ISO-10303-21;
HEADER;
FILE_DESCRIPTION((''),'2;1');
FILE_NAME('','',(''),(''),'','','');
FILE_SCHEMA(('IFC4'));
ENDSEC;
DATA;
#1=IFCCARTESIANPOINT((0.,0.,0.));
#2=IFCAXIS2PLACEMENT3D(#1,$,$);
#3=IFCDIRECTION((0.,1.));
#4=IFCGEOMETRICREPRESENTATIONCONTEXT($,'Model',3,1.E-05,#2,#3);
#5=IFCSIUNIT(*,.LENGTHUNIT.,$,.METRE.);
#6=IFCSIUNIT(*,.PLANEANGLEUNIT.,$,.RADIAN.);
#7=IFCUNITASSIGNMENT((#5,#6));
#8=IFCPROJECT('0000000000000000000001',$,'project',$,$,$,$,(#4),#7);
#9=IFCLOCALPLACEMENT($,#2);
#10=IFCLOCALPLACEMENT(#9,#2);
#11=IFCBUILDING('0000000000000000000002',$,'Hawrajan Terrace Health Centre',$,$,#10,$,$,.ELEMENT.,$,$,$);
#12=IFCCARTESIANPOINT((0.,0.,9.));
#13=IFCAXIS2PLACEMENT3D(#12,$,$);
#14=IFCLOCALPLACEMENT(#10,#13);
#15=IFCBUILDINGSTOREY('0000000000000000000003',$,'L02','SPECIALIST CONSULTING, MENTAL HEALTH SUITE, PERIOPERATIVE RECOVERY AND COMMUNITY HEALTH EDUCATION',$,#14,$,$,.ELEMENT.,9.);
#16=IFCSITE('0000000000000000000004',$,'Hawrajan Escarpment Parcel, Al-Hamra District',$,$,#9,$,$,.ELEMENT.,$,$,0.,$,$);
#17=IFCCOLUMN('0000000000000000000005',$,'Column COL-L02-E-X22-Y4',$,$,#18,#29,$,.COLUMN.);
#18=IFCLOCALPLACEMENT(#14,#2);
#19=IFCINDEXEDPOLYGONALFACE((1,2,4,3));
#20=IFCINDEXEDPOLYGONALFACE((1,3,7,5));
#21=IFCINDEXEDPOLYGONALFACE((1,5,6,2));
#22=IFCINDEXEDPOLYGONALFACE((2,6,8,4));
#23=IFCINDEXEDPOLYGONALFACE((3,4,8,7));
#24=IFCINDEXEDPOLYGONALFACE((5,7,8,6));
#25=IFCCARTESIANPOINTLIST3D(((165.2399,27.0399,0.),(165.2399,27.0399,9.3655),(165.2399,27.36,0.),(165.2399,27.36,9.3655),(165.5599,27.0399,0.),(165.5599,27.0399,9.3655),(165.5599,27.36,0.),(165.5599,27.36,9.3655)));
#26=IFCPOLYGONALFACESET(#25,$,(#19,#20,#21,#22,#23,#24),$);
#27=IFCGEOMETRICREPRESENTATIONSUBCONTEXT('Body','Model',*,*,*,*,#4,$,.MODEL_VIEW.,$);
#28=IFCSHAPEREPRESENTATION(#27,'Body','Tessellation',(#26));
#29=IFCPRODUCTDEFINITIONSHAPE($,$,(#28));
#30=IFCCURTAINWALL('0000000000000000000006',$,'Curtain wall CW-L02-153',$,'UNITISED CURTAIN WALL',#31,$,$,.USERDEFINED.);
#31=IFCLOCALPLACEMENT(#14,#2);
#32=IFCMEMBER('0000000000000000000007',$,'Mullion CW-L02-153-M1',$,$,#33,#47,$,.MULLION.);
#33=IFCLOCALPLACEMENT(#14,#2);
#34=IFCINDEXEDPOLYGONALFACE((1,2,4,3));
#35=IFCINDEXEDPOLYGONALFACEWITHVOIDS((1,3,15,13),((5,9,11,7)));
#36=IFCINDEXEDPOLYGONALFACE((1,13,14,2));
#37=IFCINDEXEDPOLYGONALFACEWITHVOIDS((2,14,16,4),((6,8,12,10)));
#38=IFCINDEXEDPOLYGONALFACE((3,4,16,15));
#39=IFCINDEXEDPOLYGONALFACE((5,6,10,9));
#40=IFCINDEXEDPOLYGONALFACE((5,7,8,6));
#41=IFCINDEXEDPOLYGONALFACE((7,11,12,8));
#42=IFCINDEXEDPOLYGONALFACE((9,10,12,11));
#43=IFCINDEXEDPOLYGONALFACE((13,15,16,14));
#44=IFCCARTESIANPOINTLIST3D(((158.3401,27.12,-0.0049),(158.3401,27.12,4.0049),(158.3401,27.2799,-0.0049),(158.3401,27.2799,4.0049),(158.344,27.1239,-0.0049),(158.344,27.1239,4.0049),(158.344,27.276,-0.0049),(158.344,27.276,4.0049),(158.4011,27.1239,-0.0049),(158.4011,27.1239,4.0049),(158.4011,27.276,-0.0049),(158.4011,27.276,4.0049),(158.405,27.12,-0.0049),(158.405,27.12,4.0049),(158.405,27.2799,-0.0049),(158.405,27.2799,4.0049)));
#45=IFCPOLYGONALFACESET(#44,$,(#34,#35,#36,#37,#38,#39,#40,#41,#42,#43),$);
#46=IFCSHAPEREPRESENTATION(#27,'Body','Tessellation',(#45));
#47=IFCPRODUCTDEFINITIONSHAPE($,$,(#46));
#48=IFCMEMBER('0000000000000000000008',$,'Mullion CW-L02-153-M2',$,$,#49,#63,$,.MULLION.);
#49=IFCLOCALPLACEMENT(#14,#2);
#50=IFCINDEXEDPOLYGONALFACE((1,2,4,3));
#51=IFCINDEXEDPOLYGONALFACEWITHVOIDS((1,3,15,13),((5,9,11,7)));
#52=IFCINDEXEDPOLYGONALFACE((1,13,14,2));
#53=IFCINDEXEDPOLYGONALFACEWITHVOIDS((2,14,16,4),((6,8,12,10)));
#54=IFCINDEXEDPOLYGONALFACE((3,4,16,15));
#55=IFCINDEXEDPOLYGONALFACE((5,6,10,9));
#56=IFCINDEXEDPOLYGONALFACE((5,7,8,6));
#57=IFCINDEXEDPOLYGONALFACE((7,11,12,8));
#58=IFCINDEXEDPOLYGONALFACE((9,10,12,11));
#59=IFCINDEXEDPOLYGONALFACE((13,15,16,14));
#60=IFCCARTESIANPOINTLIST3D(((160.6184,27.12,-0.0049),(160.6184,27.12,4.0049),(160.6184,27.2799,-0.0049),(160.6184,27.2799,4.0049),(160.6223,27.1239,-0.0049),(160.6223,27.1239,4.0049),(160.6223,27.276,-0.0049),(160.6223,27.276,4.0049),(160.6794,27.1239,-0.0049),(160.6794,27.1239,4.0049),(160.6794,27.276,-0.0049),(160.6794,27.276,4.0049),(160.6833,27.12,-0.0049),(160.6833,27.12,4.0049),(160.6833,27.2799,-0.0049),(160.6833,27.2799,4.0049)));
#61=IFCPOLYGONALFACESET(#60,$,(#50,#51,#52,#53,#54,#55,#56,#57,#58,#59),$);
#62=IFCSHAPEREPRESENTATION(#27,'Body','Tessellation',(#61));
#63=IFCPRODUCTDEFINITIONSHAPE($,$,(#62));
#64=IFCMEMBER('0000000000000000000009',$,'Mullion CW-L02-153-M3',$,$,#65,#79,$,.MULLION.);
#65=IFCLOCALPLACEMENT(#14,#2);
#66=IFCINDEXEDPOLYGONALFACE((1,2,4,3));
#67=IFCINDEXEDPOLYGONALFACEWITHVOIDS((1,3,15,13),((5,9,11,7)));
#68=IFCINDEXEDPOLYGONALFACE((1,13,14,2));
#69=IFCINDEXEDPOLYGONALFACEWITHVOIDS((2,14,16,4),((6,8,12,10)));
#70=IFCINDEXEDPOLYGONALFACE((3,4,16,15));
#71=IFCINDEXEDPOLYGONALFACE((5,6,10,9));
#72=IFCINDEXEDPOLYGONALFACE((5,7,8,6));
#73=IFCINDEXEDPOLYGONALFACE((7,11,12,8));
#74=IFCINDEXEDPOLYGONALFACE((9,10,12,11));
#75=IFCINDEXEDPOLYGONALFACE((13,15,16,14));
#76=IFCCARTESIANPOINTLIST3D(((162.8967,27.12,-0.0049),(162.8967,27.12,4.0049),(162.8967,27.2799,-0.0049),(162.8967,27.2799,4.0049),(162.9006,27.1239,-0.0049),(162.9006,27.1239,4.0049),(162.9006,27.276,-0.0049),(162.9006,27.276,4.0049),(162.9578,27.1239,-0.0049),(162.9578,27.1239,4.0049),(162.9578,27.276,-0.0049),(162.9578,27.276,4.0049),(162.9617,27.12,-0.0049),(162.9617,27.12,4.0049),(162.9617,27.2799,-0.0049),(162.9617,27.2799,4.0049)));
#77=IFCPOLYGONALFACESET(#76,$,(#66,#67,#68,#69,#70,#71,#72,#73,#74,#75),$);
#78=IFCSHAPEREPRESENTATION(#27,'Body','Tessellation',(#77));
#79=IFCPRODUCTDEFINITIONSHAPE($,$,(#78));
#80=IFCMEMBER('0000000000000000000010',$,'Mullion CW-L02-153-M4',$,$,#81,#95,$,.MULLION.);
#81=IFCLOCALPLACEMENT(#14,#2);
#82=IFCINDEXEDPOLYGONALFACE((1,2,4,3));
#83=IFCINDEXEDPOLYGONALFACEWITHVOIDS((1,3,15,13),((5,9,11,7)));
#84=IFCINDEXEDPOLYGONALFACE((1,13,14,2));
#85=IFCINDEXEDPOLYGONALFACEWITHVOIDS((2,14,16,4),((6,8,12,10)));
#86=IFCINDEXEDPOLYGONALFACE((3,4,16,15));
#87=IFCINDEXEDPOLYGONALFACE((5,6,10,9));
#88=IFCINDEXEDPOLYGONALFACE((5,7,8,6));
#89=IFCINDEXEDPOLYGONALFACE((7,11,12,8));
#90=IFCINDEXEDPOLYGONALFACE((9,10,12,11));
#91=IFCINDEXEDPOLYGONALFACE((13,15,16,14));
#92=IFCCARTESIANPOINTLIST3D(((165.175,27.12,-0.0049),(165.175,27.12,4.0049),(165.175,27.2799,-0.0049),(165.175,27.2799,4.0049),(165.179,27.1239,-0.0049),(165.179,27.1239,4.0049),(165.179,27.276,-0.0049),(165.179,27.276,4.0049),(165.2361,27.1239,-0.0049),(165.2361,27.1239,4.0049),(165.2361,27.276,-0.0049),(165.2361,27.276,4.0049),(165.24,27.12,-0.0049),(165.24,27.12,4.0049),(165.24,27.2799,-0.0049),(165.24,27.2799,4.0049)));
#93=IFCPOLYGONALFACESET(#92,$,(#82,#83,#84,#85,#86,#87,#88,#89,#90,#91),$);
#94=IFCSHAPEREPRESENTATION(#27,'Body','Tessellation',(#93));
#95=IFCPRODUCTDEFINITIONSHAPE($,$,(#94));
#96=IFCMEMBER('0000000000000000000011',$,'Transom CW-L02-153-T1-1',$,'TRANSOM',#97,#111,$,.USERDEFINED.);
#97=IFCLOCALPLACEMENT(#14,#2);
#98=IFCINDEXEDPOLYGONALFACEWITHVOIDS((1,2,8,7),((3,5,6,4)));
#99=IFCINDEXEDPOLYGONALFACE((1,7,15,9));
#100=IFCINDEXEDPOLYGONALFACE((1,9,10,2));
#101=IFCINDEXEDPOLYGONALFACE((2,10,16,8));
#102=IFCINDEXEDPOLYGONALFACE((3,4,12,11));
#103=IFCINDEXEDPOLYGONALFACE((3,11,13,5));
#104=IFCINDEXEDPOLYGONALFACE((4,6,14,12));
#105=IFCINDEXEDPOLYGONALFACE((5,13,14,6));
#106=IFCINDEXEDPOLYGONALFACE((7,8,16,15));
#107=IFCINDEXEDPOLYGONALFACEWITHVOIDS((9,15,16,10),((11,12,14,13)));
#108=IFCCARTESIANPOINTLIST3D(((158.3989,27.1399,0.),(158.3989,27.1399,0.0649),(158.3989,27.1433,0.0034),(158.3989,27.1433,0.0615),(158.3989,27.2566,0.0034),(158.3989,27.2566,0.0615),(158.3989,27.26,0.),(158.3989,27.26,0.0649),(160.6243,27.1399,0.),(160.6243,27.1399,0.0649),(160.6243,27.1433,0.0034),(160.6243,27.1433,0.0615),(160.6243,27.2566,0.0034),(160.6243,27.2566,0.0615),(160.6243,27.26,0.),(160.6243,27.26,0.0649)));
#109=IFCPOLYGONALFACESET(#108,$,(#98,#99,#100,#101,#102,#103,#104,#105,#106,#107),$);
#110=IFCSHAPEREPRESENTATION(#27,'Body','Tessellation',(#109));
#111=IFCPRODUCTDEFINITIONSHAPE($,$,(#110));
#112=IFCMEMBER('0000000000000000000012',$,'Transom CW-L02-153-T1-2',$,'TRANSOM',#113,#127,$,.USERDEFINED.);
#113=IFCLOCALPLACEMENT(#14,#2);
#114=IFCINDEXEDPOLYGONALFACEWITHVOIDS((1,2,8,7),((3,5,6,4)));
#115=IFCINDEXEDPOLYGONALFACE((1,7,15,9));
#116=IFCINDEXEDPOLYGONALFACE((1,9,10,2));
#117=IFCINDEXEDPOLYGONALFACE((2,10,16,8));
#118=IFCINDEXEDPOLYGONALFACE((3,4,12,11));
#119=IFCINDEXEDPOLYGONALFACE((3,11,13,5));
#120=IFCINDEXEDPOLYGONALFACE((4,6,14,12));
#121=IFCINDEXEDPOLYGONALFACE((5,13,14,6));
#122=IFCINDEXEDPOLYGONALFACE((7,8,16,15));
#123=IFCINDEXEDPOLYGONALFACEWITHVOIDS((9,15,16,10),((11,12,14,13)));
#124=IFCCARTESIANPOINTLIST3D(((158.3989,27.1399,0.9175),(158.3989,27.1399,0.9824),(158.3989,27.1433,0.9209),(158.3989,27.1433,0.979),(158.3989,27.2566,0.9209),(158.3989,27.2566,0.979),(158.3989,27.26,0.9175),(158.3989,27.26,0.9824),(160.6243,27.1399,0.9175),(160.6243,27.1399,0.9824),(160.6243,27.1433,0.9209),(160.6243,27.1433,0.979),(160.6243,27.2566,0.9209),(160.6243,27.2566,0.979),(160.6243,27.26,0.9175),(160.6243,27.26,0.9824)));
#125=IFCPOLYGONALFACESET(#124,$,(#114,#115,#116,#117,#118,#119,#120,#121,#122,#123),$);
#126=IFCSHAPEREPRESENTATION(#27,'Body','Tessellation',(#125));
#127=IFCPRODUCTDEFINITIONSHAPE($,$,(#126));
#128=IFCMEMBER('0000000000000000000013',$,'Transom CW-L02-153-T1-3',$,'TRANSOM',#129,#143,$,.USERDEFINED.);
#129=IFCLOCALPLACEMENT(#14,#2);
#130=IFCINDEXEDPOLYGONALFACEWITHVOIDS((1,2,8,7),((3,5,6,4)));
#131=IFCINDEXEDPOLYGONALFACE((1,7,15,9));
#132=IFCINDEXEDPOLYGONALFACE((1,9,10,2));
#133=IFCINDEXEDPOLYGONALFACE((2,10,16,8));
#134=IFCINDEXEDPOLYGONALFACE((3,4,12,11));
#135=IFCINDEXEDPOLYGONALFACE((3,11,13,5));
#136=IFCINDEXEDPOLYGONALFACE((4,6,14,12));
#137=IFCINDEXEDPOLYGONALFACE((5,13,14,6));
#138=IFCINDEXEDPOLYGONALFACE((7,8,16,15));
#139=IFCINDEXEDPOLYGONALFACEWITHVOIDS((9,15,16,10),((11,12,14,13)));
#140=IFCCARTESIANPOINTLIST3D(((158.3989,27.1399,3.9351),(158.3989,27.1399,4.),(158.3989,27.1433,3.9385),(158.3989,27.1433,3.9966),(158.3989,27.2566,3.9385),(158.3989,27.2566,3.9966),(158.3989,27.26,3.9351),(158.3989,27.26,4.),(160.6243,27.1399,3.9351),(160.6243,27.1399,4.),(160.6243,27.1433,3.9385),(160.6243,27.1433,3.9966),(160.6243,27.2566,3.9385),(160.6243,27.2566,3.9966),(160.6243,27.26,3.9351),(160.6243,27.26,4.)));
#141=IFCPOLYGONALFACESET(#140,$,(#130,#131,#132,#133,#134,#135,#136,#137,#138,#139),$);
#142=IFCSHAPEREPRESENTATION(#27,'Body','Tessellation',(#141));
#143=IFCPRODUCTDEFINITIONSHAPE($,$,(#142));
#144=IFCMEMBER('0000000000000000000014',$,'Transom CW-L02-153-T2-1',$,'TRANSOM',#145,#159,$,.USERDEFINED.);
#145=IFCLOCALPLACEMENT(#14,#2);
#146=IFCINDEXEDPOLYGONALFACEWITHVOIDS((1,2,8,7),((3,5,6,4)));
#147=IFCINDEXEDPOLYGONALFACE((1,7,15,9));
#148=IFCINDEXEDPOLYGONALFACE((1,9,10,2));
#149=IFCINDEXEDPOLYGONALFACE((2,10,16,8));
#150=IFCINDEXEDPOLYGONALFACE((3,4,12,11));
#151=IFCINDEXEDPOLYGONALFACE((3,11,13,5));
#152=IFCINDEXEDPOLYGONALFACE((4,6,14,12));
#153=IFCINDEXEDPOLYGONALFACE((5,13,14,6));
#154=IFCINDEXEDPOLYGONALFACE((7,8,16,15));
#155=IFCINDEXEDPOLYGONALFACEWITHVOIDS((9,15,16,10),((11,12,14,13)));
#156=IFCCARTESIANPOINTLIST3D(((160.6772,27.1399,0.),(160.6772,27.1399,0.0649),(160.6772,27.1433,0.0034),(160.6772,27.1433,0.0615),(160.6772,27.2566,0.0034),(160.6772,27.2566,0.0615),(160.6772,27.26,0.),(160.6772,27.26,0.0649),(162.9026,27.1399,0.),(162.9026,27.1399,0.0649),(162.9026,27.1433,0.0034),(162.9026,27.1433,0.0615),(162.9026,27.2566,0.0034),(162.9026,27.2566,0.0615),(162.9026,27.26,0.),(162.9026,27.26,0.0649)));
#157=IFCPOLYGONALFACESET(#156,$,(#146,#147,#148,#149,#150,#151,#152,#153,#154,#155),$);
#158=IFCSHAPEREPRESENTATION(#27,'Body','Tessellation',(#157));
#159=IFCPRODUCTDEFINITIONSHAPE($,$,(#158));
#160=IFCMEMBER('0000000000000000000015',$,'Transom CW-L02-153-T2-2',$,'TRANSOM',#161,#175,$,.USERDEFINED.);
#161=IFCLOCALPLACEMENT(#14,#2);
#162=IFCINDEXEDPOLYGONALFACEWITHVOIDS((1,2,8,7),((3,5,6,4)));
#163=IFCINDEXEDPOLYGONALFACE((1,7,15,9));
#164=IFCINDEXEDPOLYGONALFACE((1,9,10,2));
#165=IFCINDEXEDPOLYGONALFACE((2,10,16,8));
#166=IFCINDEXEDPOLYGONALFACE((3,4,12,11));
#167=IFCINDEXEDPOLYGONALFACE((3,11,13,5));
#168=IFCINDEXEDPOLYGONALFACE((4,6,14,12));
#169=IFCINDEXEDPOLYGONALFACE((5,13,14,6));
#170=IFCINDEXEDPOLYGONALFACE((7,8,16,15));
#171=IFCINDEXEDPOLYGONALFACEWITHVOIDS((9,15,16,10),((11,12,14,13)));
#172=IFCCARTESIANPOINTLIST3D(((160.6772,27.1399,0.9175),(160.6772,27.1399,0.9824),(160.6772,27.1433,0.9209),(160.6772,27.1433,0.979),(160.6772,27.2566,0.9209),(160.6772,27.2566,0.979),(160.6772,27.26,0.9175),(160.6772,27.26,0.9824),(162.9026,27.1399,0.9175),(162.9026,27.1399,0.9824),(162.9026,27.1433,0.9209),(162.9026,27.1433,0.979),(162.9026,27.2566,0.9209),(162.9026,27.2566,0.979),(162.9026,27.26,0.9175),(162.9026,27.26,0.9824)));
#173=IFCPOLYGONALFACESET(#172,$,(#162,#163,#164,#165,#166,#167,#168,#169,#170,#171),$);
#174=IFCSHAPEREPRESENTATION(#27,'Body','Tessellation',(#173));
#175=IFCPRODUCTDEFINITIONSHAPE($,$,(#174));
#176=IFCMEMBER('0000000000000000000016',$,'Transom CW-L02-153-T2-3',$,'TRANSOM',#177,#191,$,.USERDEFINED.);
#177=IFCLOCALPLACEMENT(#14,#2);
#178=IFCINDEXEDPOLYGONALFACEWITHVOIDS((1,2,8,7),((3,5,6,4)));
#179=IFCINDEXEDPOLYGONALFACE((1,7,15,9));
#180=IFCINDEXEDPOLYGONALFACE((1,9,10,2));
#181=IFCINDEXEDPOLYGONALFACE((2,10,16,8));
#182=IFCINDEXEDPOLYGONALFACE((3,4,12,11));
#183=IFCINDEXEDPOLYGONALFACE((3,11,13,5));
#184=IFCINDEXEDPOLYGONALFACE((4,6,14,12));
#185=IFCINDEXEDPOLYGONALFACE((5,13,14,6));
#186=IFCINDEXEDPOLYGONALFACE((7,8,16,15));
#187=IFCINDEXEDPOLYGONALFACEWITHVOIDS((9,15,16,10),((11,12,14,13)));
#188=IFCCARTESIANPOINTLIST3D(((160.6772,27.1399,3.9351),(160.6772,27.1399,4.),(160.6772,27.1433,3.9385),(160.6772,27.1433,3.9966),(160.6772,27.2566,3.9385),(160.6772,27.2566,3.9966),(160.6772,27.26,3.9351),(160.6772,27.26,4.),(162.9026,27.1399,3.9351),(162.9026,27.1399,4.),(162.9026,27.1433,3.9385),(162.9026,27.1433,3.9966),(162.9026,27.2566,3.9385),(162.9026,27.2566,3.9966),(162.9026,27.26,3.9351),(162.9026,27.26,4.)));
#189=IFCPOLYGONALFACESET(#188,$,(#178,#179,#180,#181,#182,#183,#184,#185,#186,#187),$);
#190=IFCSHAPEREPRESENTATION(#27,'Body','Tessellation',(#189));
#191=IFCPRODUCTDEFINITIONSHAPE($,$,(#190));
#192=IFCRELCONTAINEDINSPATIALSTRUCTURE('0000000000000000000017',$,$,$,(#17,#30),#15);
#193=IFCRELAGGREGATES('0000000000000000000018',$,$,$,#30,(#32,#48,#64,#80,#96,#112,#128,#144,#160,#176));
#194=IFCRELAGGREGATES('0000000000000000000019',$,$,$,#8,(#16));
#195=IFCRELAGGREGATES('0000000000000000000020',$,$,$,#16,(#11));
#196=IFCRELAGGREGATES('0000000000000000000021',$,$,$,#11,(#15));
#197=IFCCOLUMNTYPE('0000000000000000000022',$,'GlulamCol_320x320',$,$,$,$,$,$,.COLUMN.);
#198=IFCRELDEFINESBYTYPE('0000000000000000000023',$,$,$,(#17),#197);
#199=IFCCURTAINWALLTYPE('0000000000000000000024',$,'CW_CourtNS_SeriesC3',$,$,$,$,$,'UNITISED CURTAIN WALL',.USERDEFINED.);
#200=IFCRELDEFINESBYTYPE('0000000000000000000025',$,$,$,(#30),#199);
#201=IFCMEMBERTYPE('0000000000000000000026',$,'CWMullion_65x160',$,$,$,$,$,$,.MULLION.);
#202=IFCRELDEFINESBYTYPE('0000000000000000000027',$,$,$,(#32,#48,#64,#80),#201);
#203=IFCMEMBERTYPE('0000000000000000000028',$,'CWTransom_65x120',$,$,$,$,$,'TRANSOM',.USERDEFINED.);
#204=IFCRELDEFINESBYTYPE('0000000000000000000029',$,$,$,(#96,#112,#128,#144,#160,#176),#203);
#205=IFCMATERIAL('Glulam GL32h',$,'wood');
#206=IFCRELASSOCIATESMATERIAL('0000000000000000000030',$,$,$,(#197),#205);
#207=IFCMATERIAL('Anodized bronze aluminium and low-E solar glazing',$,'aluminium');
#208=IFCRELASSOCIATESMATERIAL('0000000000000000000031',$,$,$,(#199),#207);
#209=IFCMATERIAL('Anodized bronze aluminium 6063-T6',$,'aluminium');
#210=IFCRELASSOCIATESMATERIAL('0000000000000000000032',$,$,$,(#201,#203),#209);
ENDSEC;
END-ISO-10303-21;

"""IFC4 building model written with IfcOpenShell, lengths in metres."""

from ifc_helpers import new_model, si_unit, direction, frame, origin, origin_2d, place, context, subcontext, project, spatial, rectangle, hollow_rectangle, extrude, material, material_profile, profile_set, type_object, element, aggregate, save


model = new_model("IFC4")

# Units and contexts
model_context = context("Model", 3, precision=1e-05, world=origin(), true_north=direction((0.0, 1.0)))
body_context = subcontext(model_context, "Body", "Model", "MODEL_VIEW")
ifc_project = project(units=[si_unit("LENGTHUNIT", "METRE"), si_unit("PLANEANGLEUNIT", "RADIAN")], contexts=[model_context])

# Site, building, storey
site_placement = place(None, origin())
site = spatial("IfcSite", under=ifc_project, at=site_placement, Name="Hawrajan Escarpment Parcel, Al-Hamra District", CompositionType="ELEMENT", RefElevation=0.0)
building_placement = place(site_placement, origin())
building = spatial("IfcBuilding", under=site, at=building_placement, Name="Hawrajan Terrace Health Centre", CompositionType="ELEMENT")
storey_placement = place(building_placement, frame((0.0, 0.0, 9.0)))
storey = spatial("IfcBuildingStorey", under=building, at=storey_placement, Name="L02", Description="SPECIALIST CONSULTING, MENTAL HEALTH SUITE, PERIOPERATIVE RECOVERY AND COMMUNITY HEALTH EDUCATION", CompositionType="ELEMENT", Elevation=9.0)

# Column
ifc_material_1 = material(Name="Glulam GL32h", Category="wood")
ifc_material_profile_1 = material_profile(ifc_material_1, rectangle(XDim=0.3201, YDim=0.3201, at=origin_2d()), Name="GL 320x320")
ifc_profile_set_1 = profile_set([ifc_material_profile_1], Name="Glulam GL32h")
column_type = type_object("IfcColumnType", Name="GlulamCol_320x320", PredefinedType="COLUMN", material=ifc_profile_set_1)
column_placement = place(storey_placement, frame((165.3999, 27.2, 0.0), z_axis=(0.0, 0.0, 1.0), x_axis=(1.0, 0.0, 0.0)))
element("IfcColumn", 1, at=column_placement, inside=storey, type_object=column_type, Name="Column COL-L02-E-X22-Y4", PredefinedType="COLUMN", context=body_context, shape_type="SweptSolid", body=[
    extrude(rectangle(XDim=0.3201, YDim=0.3201, at=origin_2d()), origin(), (0.0, 0.0, 1.0), 9.3655),
])

# Curtain wall, members
ifc_material_2 = material(Name="Anodized bronze aluminium and low-E solar glazing", Category="aluminium")
curtain_wall_type = type_object("IfcCurtainWallType", Name="CW_CourtNS_SeriesC3", ElementType="UNITISED CURTAIN WALL", PredefinedType="USERDEFINED", material=ifc_material_2)
curtain_wall_placement = place(storey_placement, origin())
curtain_wall = element("IfcCurtainWall", 2, at=curtain_wall_placement, inside=storey, type_object=curtain_wall_type, Name="Curtain wall CW-L02-153", ObjectType="UNITISED CURTAIN WALL", PredefinedType="USERDEFINED")
ifc_material_3 = material(Name="Anodized bronze aluminium 6063-T6", Category="aluminium")
ifc_material_profile_2 = material_profile(ifc_material_3, hollow_rectangle(XDim=0.0649, YDim=0.1599, WallThickness=0.0039, at=origin_2d()), Name="CW MUL 65x160")
ifc_profile_set_2 = profile_set([ifc_material_profile_2], Name="Anodized bronze aluminium 6063-T6")
member_type_1 = type_object("IfcMemberType", Name="CWMullion_65x160", PredefinedType="MULLION", material=ifc_profile_set_2)
member_1_placement = place(storey_placement, frame((158.3726, 27.2, -0.0049), z_axis=(0.0, 0.0, 1.0), x_axis=(1.0, 0.0, 0.0)))
member_1 = element("IfcMember", 3, at=member_1_placement, type_object=member_type_1, Name="Mullion CW-L02-153-M1", PredefinedType="MULLION", context=body_context, shape_type="SweptSolid", body=[
    extrude(hollow_rectangle(XDim=0.0649, YDim=0.1599, WallThickness=0.0039, at=origin_2d()), origin(), (0.0, 0.0, 1.0), 4.0098),
])
member_2_placement = place(storey_placement, frame((160.6509, 27.2, -0.0049), z_axis=(0.0, 0.0, 1.0), x_axis=(1.0, 0.0, 0.0)))
member_2 = element("IfcMember", 4, at=member_2_placement, type_object=member_type_1, Name="Mullion CW-L02-153-M2", PredefinedType="MULLION", context=body_context, shape_type="SweptSolid", body=[
    extrude(hollow_rectangle(XDim=0.0649, YDim=0.1599, WallThickness=0.0039, at=origin_2d()), origin(), (0.0, 0.0, 1.0), 4.0098),
])
member_3_placement = place(storey_placement, frame((162.9292, 27.2, -0.0049), z_axis=(0.0, 0.0, 1.0), x_axis=(1.0, 0.0, 0.0)))
member_3 = element("IfcMember", 5, at=member_3_placement, type_object=member_type_1, Name="Mullion CW-L02-153-M3", PredefinedType="MULLION", context=body_context, shape_type="SweptSolid", body=[
    extrude(hollow_rectangle(XDim=0.0649, YDim=0.1599, WallThickness=0.0039, at=origin_2d()), origin(), (0.0, 0.0, 1.0), 4.0098),
])
member_4_placement = place(storey_placement, frame((165.2075, 27.2, -0.0049), z_axis=(0.0, 0.0, 1.0), x_axis=(1.0, 0.0, 0.0)))
member_4 = element("IfcMember", 6, at=member_4_placement, type_object=member_type_1, Name="Mullion CW-L02-153-M4", PredefinedType="MULLION", context=body_context, shape_type="SweptSolid", body=[
    extrude(hollow_rectangle(XDim=0.0649, YDim=0.1599, WallThickness=0.0039, at=origin_2d()), origin(), (0.0, 0.0, 1.0), 4.0098),
])
ifc_material_profile_3 = material_profile(ifc_material_3, hollow_rectangle(XDim=0.0649, YDim=0.1201, WallThickness=0.0034, at=origin_2d()), Name="CW TRN 65x120")
ifc_profile_set_3 = profile_set([ifc_material_profile_3], Name="Anodized bronze aluminium 6063-T6")
member_type_2 = type_object("IfcMemberType", Name="CWTransom_65x120", ElementType="TRANSOM", PredefinedType="USERDEFINED", material=ifc_profile_set_3)
member_5_placement = place(storey_placement, frame((158.3989, 27.2, 0.0325), z_axis=(1.0, 0.0, 0.0), x_axis=(0.0, 0.0, 1.0)))
member_5 = element("IfcMember", 7, at=member_5_placement, type_object=member_type_2, Name="Transom CW-L02-153-T1-1", ObjectType="TRANSOM", PredefinedType="USERDEFINED", context=body_context, shape_type="SweptSolid", body=[
    extrude(hollow_rectangle(XDim=0.0649, YDim=0.1201, WallThickness=0.0034, at=origin_2d()), origin(), (0.0, 0.0, 1.0), 2.2253),
])
member_6_placement = place(storey_placement, frame((158.3989, 27.2, 0.95), z_axis=(1.0, 0.0, 0.0), x_axis=(0.0, 0.0, 1.0)))
member_6 = element("IfcMember", 8, at=member_6_placement, type_object=member_type_2, Name="Transom CW-L02-153-T1-2", ObjectType="TRANSOM", PredefinedType="USERDEFINED", context=body_context, shape_type="SweptSolid", body=[
    extrude(hollow_rectangle(XDim=0.0649, YDim=0.1201, WallThickness=0.0034, at=origin_2d()), origin(), (0.0, 0.0, 1.0), 2.2253),
])
member_7_placement = place(storey_placement, frame((158.3989, 27.2, 3.9675), z_axis=(1.0, 0.0, 0.0), x_axis=(0.0, 0.0, 1.0)))
member_7 = element("IfcMember", 9, at=member_7_placement, type_object=member_type_2, Name="Transom CW-L02-153-T1-3", ObjectType="TRANSOM", PredefinedType="USERDEFINED", context=body_context, shape_type="SweptSolid", body=[
    extrude(hollow_rectangle(XDim=0.0649, YDim=0.1201, WallThickness=0.0034, at=origin_2d()), origin(), (0.0, 0.0, 1.0), 2.2253),
])
member_8_placement = place(storey_placement, frame((160.6772, 27.2, 0.0325), z_axis=(1.0, 0.0, 0.0), x_axis=(0.0, 0.0, 1.0)))
member_8 = element("IfcMember", 10, at=member_8_placement, type_object=member_type_2, Name="Transom CW-L02-153-T2-1", ObjectType="TRANSOM", PredefinedType="USERDEFINED", context=body_context, shape_type="SweptSolid", body=[
    extrude(hollow_rectangle(XDim=0.0649, YDim=0.1201, WallThickness=0.0034, at=origin_2d()), origin(), (0.0, 0.0, 1.0), 2.2253),
])
member_9_placement = place(storey_placement, frame((160.6772, 27.2, 0.95), z_axis=(1.0, 0.0, 0.0), x_axis=(0.0, 0.0, 1.0)))
member_9 = element("IfcMember", 11, at=member_9_placement, type_object=member_type_2, Name="Transom CW-L02-153-T2-2", ObjectType="TRANSOM", PredefinedType="USERDEFINED", context=body_context, shape_type="SweptSolid", body=[
    extrude(hollow_rectangle(XDim=0.0649, YDim=0.1201, WallThickness=0.0034, at=origin_2d()), origin(), (0.0, 0.0, 1.0), 2.2253),
])
member_10_placement = place(storey_placement, frame((160.6772, 27.2, 3.9675), z_axis=(1.0, 0.0, 0.0), x_axis=(0.0, 0.0, 1.0)))
member_10 = element("IfcMember", 12, at=member_10_placement, type_object=member_type_2, Name="Transom CW-L02-153-T2-3", ObjectType="TRANSOM", PredefinedType="USERDEFINED", context=body_context, shape_type="SweptSolid", body=[
    extrude(hollow_rectangle(XDim=0.0649, YDim=0.1201, WallThickness=0.0034, at=origin_2d()), origin(), (0.0, 0.0, 1.0), 2.2253),
])

aggregate(curtain_wall, [member_1, member_2, member_3, member_4, member_5, member_6, member_7, member_8, member_9, member_10])

save(model, "model.ifc")
